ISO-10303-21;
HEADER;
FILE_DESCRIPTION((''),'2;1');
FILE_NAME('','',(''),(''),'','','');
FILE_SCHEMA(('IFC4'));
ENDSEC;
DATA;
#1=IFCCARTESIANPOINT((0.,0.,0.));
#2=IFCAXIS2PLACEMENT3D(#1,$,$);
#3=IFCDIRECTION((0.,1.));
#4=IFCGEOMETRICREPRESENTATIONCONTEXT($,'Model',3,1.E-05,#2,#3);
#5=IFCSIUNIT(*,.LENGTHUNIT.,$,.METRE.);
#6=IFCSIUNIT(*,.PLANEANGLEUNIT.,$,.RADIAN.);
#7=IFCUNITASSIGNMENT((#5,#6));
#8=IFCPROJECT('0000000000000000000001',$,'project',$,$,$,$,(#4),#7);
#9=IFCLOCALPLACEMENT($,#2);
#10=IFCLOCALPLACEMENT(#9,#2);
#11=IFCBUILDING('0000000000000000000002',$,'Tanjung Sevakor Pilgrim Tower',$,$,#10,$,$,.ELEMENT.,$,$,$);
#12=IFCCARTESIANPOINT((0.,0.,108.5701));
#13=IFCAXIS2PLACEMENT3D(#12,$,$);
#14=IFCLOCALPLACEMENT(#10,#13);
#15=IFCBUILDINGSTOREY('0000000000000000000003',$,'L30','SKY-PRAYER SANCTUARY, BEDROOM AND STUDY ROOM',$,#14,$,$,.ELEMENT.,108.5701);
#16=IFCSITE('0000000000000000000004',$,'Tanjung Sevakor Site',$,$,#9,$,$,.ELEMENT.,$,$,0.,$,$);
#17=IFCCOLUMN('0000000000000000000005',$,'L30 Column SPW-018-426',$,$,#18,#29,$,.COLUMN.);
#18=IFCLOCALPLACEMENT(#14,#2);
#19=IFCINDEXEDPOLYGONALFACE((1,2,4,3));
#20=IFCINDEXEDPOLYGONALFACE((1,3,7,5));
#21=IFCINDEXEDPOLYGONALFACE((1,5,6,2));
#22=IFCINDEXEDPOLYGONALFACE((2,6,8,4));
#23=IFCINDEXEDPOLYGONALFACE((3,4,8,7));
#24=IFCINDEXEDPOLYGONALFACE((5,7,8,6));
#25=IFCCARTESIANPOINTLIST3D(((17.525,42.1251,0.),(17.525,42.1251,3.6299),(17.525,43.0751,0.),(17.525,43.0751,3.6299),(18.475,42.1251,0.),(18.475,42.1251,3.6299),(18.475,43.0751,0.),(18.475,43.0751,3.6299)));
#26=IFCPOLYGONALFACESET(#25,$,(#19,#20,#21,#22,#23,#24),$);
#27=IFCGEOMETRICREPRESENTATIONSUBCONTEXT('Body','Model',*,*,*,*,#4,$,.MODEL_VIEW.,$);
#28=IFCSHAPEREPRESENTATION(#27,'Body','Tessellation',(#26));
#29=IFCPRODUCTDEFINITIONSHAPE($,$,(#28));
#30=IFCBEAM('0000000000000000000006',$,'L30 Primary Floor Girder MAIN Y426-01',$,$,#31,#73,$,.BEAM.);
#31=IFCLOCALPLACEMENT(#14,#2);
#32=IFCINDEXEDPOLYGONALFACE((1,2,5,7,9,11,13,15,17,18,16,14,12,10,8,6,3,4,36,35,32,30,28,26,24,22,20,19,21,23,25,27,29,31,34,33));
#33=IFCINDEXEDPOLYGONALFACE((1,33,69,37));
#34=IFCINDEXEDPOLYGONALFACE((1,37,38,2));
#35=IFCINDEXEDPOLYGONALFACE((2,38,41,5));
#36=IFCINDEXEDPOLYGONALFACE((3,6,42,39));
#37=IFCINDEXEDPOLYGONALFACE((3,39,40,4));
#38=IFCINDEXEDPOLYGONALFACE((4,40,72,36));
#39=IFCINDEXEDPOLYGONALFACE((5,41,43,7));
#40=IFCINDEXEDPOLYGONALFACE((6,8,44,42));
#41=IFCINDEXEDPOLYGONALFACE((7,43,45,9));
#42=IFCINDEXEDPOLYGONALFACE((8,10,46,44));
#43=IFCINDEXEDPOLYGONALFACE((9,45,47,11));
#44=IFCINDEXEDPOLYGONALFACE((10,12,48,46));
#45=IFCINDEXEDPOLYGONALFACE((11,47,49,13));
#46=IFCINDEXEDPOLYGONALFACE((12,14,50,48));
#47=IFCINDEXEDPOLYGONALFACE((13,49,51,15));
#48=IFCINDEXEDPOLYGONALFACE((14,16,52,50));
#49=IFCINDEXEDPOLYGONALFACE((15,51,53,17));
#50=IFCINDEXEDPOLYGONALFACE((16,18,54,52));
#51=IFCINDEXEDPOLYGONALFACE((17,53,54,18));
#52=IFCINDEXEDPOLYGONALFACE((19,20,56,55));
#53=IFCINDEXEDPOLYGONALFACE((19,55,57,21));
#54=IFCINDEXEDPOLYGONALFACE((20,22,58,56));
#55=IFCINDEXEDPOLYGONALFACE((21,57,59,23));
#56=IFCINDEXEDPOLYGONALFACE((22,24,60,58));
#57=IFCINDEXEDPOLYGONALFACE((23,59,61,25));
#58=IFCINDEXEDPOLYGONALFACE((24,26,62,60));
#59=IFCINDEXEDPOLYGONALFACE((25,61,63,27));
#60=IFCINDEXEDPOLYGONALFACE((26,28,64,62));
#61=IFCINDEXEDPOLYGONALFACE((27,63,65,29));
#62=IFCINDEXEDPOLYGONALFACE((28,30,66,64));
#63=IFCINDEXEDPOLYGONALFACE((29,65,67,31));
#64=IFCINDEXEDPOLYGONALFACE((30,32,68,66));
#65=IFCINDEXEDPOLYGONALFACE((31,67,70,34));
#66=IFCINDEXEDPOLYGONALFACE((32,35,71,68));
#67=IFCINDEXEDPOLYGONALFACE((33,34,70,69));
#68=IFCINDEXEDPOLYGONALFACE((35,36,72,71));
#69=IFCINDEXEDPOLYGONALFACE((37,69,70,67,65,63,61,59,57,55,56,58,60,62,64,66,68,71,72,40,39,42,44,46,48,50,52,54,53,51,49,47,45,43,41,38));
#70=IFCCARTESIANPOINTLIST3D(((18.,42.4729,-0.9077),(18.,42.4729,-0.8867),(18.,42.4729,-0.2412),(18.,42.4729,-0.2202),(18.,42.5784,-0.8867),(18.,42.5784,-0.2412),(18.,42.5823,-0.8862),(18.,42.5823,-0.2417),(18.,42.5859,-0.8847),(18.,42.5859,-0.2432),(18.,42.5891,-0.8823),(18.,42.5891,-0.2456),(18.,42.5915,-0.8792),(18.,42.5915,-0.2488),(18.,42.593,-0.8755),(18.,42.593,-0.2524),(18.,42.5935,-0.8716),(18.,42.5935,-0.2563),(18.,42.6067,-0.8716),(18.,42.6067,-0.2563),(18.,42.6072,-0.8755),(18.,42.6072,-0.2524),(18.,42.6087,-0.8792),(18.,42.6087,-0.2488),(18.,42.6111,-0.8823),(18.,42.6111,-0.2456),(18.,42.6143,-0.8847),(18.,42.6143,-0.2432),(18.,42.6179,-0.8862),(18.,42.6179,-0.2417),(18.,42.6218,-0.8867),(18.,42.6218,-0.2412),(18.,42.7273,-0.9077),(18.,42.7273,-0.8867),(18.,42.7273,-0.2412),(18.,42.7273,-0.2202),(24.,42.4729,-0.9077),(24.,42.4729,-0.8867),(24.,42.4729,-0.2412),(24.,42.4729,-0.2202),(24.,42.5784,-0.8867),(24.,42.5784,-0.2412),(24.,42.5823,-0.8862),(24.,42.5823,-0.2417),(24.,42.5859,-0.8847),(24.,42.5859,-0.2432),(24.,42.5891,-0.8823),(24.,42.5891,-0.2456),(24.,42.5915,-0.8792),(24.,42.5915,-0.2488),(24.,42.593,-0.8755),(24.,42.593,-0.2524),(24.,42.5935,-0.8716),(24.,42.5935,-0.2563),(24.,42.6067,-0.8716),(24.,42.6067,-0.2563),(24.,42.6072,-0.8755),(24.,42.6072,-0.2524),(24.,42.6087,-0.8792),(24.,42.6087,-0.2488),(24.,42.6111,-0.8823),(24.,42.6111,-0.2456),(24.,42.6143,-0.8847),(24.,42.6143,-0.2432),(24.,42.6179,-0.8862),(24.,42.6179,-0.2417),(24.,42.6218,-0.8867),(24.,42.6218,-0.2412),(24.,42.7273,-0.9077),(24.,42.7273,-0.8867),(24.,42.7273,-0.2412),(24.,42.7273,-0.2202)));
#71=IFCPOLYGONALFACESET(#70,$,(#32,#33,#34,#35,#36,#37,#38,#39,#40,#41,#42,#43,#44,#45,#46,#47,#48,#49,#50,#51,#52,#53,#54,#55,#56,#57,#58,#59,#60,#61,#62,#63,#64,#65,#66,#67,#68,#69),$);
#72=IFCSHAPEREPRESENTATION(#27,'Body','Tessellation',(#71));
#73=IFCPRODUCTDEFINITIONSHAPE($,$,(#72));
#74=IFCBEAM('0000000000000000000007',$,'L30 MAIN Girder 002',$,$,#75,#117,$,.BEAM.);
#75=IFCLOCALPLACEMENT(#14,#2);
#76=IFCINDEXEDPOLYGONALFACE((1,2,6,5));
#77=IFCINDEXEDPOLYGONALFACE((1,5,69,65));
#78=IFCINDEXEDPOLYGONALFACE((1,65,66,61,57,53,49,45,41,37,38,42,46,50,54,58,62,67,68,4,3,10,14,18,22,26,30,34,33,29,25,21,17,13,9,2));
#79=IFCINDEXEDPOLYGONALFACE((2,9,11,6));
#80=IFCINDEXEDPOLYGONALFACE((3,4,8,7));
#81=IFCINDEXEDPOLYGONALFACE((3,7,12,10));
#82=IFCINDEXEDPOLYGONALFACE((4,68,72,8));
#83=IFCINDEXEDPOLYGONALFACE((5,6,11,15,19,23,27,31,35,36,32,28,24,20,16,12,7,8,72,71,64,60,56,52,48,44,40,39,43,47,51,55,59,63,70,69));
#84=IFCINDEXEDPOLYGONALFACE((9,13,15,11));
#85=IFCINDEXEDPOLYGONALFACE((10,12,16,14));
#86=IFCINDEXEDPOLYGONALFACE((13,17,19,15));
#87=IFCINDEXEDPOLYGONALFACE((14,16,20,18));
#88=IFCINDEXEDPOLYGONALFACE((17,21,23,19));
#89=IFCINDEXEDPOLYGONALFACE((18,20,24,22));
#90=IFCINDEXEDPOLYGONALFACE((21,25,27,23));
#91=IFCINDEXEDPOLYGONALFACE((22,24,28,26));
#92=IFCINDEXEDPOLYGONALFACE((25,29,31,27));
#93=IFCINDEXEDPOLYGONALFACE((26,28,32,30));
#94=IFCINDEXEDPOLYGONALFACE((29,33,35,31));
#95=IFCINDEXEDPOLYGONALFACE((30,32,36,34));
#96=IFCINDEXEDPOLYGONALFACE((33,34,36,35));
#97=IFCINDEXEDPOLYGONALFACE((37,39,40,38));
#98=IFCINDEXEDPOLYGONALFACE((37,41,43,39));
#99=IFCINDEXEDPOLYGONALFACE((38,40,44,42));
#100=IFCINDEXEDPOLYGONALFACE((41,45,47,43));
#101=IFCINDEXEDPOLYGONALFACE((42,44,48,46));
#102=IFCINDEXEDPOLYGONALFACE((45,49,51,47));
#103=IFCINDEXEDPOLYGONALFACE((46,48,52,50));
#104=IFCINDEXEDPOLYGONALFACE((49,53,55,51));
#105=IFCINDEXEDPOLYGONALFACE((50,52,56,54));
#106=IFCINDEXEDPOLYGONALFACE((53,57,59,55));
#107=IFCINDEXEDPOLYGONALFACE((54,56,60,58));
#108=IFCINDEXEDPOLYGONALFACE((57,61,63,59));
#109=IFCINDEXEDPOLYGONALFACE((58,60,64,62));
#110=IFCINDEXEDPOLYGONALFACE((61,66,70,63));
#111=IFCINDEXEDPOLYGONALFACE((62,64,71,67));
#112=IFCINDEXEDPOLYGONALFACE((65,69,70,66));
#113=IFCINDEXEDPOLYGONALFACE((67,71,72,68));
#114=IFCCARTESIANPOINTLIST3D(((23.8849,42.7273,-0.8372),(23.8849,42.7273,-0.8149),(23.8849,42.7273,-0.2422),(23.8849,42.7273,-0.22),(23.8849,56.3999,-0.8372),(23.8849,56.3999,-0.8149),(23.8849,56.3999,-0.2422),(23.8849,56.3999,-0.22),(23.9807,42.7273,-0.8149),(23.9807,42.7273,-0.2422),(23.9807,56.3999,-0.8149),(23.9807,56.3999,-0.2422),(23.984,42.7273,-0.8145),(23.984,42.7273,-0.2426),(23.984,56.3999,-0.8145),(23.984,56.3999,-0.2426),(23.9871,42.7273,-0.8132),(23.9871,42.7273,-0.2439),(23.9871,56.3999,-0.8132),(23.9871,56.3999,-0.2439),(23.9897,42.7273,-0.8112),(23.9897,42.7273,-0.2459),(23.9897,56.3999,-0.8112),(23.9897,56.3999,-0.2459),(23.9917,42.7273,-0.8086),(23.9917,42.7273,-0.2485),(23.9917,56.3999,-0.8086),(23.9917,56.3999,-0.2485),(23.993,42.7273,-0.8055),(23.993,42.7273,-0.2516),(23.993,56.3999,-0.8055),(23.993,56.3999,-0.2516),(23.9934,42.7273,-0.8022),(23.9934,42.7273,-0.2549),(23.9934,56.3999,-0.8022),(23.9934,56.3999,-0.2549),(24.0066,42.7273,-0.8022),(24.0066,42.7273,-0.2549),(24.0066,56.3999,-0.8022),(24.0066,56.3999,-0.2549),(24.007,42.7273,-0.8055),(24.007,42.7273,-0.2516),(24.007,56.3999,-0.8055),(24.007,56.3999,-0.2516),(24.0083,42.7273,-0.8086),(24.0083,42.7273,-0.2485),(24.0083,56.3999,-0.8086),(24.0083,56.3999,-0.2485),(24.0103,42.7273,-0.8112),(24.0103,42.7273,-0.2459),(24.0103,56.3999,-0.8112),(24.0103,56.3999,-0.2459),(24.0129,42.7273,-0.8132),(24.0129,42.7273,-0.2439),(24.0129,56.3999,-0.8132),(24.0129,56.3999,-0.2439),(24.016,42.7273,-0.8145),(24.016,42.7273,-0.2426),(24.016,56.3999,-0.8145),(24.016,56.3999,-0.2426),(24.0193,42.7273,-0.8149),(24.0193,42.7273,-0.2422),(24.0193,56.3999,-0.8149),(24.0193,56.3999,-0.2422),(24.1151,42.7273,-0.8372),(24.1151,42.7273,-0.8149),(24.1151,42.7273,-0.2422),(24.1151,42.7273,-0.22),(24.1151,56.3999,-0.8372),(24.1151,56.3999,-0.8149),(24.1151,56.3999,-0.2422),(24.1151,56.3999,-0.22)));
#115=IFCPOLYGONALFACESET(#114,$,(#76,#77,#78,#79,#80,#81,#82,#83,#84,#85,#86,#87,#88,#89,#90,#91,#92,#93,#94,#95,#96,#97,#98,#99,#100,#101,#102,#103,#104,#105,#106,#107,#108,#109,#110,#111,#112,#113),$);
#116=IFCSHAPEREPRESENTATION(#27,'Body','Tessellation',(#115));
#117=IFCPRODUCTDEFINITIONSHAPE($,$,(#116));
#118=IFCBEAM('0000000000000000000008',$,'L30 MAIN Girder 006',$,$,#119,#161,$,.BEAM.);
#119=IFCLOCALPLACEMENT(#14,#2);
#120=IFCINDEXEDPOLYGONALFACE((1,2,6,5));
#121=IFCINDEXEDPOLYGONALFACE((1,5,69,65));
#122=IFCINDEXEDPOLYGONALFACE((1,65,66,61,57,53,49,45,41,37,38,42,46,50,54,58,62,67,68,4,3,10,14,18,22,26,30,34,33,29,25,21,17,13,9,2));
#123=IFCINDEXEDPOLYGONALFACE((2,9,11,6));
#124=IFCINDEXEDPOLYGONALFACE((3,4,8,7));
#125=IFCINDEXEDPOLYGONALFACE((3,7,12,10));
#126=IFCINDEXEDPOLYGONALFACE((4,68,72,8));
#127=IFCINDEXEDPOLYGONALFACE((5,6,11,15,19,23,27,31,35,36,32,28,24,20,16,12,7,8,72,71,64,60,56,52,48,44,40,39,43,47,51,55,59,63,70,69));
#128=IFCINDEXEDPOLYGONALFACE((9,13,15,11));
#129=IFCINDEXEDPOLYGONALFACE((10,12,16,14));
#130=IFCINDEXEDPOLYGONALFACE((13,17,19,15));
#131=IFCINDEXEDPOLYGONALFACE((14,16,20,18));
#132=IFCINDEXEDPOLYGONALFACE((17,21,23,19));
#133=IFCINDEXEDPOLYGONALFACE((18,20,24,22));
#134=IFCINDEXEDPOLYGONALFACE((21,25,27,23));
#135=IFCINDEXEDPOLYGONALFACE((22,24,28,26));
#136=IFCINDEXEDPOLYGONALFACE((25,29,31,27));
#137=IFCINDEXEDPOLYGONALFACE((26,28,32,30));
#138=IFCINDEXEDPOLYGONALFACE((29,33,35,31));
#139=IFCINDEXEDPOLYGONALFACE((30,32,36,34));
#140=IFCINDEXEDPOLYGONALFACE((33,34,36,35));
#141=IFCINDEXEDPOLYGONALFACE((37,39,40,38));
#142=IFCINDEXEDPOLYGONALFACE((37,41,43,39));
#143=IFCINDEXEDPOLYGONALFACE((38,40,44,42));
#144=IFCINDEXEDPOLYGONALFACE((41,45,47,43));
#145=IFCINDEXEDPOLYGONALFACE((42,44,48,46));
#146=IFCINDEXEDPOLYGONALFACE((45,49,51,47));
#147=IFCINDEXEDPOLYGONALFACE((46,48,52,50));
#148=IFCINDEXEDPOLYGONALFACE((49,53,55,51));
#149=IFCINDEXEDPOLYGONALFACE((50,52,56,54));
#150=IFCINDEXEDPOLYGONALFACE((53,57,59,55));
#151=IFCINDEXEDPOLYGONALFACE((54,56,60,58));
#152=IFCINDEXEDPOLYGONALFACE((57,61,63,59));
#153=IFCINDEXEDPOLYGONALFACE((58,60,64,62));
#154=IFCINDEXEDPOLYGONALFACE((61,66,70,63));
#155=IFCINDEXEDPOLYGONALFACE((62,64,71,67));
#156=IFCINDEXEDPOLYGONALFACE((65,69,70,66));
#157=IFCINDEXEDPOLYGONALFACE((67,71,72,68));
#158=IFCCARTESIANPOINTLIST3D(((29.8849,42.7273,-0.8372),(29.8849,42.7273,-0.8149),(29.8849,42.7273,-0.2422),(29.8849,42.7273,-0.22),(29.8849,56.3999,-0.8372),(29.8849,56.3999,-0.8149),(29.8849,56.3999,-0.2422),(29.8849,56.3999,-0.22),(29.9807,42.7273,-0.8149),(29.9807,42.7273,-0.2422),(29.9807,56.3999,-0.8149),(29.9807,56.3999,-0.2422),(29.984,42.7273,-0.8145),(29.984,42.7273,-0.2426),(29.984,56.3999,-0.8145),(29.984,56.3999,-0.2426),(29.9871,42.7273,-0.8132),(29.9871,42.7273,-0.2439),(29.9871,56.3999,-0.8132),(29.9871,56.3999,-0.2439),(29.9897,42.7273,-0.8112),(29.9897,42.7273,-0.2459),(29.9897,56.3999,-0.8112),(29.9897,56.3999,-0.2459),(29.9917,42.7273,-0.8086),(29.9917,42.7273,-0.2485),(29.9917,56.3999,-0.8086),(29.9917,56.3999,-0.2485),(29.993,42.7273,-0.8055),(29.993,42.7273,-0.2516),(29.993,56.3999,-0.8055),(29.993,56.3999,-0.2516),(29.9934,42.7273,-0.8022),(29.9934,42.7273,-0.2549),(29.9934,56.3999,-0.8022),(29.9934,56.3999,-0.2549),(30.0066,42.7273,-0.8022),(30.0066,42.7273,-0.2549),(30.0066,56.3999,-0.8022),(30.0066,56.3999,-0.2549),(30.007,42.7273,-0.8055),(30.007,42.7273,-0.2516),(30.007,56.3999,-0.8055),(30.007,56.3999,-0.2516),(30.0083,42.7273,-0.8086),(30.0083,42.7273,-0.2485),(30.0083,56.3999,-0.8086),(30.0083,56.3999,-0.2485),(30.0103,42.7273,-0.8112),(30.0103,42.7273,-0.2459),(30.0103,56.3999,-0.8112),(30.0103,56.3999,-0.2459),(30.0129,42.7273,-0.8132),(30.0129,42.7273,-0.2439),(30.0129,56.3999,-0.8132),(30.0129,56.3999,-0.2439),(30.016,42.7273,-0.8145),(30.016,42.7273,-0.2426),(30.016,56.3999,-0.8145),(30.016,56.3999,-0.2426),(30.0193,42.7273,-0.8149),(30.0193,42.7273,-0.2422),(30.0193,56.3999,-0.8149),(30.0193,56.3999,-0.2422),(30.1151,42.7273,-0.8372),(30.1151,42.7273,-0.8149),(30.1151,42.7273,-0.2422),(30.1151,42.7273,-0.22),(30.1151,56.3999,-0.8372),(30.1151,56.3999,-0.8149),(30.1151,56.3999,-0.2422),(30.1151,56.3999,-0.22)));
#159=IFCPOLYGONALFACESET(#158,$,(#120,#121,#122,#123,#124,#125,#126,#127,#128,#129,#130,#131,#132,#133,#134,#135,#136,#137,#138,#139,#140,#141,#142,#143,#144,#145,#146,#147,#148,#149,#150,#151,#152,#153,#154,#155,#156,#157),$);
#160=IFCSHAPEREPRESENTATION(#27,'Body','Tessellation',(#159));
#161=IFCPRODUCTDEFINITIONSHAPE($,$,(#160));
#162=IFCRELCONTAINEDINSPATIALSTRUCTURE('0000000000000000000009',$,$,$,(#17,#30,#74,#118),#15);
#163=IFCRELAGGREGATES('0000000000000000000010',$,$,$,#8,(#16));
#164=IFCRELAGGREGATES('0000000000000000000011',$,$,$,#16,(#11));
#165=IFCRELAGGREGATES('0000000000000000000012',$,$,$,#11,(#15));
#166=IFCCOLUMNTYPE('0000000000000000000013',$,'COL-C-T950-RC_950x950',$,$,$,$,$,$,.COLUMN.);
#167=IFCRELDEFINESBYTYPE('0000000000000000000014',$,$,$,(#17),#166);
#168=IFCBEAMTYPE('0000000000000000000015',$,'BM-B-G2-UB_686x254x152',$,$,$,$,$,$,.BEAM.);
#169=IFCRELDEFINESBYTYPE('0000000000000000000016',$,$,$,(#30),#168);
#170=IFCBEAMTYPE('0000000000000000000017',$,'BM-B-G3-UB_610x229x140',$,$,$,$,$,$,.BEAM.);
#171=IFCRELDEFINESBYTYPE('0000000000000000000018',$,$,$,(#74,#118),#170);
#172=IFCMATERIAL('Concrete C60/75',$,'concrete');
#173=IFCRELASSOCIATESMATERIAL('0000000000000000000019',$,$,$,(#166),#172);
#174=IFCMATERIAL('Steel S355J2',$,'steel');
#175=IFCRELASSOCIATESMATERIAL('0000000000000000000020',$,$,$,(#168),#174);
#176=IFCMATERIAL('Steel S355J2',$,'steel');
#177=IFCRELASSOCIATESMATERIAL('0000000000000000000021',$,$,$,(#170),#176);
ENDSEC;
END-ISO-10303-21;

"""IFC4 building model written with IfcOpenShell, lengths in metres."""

from ifc_helpers import new_model, si_unit, direction, frame, origin, origin_2d, place, context, subcontext, project, spatial, rectangle, i_section, extrude, material, material_profile, profile_set, type_object, element, save


model = new_model("IFC4")

# Units and contexts
model_context = context("Model", 3, precision=1e-05, world=origin(), true_north=direction((0.0, 1.0)))
body_context = subcontext(model_context, "Body", "Model", "MODEL_VIEW")
ifc_project = project(units=[si_unit("LENGTHUNIT", "METRE"), si_unit("PLANEANGLEUNIT", "RADIAN")], contexts=[model_context])

# Site, building, storey
site_placement = place(None, origin())
site = spatial("IfcSite", under=ifc_project, at=site_placement, Name="Tanjung Sevakor Site", CompositionType="ELEMENT", RefElevation=0.0)
building_placement = place(site_placement, origin())
building = spatial("IfcBuilding", under=site, at=building_placement, Name="Tanjung Sevakor Pilgrim Tower", CompositionType="ELEMENT")
storey_placement = place(building_placement, frame((0.0, 0.0, 108.5701)))
storey = spatial("IfcBuildingStorey", under=building, at=storey_placement, Name="L30", Description="SKY-PRAYER SANCTUARY, BEDROOM AND STUDY ROOM", CompositionType="ELEMENT", Elevation=108.5701)

# Column
ifc_material_1 = material(Name="Concrete C60/75", Category="concrete")
ifc_material_profile_1 = material_profile(ifc_material_1, rectangle(XDim=0.95, YDim=0.95, at=origin_2d()))
ifc_profile_set_1 = profile_set([ifc_material_profile_1], Name="Concrete C60/75")
column_type = type_object("IfcColumnType", Name="COL-C-T950-RC_950x950", PredefinedType="COLUMN", material=ifc_profile_set_1)
column_placement = place(storey_placement, frame((18.0, 42.6001, 0.0), z_axis=(0.0, 0.0, 1.0), x_axis=(1.0, 0.0, 0.0)))
element("IfcColumn", 1, at=column_placement, inside=storey, type_object=column_type, Name="L30 Column SPW-018-426", PredefinedType="COLUMN", context=body_context, shape_type="SweptSolid", body=[
    extrude(rectangle(XDim=0.95, YDim=0.95, at=origin_2d()), origin(), (0.0, 0.0, 1.0), 3.6299),
])

# Beams
ifc_material_2 = material(Name="Steel S355J2", Category="steel")
ifc_material_profile_2 = material_profile(ifc_material_2, i_section(OverallWidth=0.2544, OverallDepth=0.6875, WebThickness=0.0132, FlangeThickness=0.021, FilletRadius=0.0151, at=origin_2d()))
ifc_profile_set_2 = profile_set([ifc_material_profile_2], Name="Steel S355J2")
beam_type_1 = type_object("IfcBeamType", Name="BM-B-G2-UB_686x254x152", PredefinedType="BEAM", material=ifc_profile_set_2)
beam_1_placement = place(storey_placement, frame((18.0, 42.6001, -0.564), z_axis=(1.0, 0.0, 0.0), x_axis=(0.0, 1.0, 0.0)))
element("IfcBeam", 2, at=beam_1_placement, inside=storey, type_object=beam_type_1, Name="L30 Primary Floor Girder MAIN Y426-01", PredefinedType="BEAM", context=body_context, shape_type="SweptSolid", body=[
    extrude(i_section(OverallWidth=0.2544, OverallDepth=0.6875, WebThickness=0.0132, FlangeThickness=0.021, FilletRadius=0.0151, at=origin_2d()), origin(), (0.0, 0.0, 1.0), 6.0),
])
ifc_material_3 = material(Name="Steel S355J2", Category="steel")
ifc_material_profile_3 = material_profile(ifc_material_3, i_section(OverallWidth=0.2302, OverallDepth=0.6172, WebThickness=0.0132, FlangeThickness=0.0222, FilletRadius=0.0127, at=origin_2d()))
ifc_profile_set_3 = profile_set([ifc_material_profile_3], Name="Steel S355J2")
beam_type_2 = type_object("IfcBeamType", Name="BM-B-G3-UB_610x229x140", PredefinedType="BEAM", material=ifc_profile_set_3)
for number, where, z_axis, x_axis, name in (
    (3, (24.0, 42.7273, -0.5286), (0.0, 1.0, 0.0), (-1.0, 0.0, 0.0), "L30 MAIN Girder 002"),
    (4, (30.0, 42.7273, -0.5286), (0.0, 1.0, 0.0), (-1.0, 0.0, 0.0), "L30 MAIN Girder 006"),
):
    element("IfcBeam", number, at=place(storey_placement, frame(where, z_axis=z_axis, x_axis=x_axis)), inside=storey, type_object=beam_type_2, Name=name, PredefinedType="BEAM", context=body_context, shape_type="SweptSolid", body=[
        extrude(i_section(OverallWidth=0.2302, OverallDepth=0.6172, WebThickness=0.0132, FlangeThickness=0.0222, FilletRadius=0.0127, at=origin_2d()), origin(), (0.0, 0.0, 1.0), 13.6726),
    ])

save(model, "model.ifc")
